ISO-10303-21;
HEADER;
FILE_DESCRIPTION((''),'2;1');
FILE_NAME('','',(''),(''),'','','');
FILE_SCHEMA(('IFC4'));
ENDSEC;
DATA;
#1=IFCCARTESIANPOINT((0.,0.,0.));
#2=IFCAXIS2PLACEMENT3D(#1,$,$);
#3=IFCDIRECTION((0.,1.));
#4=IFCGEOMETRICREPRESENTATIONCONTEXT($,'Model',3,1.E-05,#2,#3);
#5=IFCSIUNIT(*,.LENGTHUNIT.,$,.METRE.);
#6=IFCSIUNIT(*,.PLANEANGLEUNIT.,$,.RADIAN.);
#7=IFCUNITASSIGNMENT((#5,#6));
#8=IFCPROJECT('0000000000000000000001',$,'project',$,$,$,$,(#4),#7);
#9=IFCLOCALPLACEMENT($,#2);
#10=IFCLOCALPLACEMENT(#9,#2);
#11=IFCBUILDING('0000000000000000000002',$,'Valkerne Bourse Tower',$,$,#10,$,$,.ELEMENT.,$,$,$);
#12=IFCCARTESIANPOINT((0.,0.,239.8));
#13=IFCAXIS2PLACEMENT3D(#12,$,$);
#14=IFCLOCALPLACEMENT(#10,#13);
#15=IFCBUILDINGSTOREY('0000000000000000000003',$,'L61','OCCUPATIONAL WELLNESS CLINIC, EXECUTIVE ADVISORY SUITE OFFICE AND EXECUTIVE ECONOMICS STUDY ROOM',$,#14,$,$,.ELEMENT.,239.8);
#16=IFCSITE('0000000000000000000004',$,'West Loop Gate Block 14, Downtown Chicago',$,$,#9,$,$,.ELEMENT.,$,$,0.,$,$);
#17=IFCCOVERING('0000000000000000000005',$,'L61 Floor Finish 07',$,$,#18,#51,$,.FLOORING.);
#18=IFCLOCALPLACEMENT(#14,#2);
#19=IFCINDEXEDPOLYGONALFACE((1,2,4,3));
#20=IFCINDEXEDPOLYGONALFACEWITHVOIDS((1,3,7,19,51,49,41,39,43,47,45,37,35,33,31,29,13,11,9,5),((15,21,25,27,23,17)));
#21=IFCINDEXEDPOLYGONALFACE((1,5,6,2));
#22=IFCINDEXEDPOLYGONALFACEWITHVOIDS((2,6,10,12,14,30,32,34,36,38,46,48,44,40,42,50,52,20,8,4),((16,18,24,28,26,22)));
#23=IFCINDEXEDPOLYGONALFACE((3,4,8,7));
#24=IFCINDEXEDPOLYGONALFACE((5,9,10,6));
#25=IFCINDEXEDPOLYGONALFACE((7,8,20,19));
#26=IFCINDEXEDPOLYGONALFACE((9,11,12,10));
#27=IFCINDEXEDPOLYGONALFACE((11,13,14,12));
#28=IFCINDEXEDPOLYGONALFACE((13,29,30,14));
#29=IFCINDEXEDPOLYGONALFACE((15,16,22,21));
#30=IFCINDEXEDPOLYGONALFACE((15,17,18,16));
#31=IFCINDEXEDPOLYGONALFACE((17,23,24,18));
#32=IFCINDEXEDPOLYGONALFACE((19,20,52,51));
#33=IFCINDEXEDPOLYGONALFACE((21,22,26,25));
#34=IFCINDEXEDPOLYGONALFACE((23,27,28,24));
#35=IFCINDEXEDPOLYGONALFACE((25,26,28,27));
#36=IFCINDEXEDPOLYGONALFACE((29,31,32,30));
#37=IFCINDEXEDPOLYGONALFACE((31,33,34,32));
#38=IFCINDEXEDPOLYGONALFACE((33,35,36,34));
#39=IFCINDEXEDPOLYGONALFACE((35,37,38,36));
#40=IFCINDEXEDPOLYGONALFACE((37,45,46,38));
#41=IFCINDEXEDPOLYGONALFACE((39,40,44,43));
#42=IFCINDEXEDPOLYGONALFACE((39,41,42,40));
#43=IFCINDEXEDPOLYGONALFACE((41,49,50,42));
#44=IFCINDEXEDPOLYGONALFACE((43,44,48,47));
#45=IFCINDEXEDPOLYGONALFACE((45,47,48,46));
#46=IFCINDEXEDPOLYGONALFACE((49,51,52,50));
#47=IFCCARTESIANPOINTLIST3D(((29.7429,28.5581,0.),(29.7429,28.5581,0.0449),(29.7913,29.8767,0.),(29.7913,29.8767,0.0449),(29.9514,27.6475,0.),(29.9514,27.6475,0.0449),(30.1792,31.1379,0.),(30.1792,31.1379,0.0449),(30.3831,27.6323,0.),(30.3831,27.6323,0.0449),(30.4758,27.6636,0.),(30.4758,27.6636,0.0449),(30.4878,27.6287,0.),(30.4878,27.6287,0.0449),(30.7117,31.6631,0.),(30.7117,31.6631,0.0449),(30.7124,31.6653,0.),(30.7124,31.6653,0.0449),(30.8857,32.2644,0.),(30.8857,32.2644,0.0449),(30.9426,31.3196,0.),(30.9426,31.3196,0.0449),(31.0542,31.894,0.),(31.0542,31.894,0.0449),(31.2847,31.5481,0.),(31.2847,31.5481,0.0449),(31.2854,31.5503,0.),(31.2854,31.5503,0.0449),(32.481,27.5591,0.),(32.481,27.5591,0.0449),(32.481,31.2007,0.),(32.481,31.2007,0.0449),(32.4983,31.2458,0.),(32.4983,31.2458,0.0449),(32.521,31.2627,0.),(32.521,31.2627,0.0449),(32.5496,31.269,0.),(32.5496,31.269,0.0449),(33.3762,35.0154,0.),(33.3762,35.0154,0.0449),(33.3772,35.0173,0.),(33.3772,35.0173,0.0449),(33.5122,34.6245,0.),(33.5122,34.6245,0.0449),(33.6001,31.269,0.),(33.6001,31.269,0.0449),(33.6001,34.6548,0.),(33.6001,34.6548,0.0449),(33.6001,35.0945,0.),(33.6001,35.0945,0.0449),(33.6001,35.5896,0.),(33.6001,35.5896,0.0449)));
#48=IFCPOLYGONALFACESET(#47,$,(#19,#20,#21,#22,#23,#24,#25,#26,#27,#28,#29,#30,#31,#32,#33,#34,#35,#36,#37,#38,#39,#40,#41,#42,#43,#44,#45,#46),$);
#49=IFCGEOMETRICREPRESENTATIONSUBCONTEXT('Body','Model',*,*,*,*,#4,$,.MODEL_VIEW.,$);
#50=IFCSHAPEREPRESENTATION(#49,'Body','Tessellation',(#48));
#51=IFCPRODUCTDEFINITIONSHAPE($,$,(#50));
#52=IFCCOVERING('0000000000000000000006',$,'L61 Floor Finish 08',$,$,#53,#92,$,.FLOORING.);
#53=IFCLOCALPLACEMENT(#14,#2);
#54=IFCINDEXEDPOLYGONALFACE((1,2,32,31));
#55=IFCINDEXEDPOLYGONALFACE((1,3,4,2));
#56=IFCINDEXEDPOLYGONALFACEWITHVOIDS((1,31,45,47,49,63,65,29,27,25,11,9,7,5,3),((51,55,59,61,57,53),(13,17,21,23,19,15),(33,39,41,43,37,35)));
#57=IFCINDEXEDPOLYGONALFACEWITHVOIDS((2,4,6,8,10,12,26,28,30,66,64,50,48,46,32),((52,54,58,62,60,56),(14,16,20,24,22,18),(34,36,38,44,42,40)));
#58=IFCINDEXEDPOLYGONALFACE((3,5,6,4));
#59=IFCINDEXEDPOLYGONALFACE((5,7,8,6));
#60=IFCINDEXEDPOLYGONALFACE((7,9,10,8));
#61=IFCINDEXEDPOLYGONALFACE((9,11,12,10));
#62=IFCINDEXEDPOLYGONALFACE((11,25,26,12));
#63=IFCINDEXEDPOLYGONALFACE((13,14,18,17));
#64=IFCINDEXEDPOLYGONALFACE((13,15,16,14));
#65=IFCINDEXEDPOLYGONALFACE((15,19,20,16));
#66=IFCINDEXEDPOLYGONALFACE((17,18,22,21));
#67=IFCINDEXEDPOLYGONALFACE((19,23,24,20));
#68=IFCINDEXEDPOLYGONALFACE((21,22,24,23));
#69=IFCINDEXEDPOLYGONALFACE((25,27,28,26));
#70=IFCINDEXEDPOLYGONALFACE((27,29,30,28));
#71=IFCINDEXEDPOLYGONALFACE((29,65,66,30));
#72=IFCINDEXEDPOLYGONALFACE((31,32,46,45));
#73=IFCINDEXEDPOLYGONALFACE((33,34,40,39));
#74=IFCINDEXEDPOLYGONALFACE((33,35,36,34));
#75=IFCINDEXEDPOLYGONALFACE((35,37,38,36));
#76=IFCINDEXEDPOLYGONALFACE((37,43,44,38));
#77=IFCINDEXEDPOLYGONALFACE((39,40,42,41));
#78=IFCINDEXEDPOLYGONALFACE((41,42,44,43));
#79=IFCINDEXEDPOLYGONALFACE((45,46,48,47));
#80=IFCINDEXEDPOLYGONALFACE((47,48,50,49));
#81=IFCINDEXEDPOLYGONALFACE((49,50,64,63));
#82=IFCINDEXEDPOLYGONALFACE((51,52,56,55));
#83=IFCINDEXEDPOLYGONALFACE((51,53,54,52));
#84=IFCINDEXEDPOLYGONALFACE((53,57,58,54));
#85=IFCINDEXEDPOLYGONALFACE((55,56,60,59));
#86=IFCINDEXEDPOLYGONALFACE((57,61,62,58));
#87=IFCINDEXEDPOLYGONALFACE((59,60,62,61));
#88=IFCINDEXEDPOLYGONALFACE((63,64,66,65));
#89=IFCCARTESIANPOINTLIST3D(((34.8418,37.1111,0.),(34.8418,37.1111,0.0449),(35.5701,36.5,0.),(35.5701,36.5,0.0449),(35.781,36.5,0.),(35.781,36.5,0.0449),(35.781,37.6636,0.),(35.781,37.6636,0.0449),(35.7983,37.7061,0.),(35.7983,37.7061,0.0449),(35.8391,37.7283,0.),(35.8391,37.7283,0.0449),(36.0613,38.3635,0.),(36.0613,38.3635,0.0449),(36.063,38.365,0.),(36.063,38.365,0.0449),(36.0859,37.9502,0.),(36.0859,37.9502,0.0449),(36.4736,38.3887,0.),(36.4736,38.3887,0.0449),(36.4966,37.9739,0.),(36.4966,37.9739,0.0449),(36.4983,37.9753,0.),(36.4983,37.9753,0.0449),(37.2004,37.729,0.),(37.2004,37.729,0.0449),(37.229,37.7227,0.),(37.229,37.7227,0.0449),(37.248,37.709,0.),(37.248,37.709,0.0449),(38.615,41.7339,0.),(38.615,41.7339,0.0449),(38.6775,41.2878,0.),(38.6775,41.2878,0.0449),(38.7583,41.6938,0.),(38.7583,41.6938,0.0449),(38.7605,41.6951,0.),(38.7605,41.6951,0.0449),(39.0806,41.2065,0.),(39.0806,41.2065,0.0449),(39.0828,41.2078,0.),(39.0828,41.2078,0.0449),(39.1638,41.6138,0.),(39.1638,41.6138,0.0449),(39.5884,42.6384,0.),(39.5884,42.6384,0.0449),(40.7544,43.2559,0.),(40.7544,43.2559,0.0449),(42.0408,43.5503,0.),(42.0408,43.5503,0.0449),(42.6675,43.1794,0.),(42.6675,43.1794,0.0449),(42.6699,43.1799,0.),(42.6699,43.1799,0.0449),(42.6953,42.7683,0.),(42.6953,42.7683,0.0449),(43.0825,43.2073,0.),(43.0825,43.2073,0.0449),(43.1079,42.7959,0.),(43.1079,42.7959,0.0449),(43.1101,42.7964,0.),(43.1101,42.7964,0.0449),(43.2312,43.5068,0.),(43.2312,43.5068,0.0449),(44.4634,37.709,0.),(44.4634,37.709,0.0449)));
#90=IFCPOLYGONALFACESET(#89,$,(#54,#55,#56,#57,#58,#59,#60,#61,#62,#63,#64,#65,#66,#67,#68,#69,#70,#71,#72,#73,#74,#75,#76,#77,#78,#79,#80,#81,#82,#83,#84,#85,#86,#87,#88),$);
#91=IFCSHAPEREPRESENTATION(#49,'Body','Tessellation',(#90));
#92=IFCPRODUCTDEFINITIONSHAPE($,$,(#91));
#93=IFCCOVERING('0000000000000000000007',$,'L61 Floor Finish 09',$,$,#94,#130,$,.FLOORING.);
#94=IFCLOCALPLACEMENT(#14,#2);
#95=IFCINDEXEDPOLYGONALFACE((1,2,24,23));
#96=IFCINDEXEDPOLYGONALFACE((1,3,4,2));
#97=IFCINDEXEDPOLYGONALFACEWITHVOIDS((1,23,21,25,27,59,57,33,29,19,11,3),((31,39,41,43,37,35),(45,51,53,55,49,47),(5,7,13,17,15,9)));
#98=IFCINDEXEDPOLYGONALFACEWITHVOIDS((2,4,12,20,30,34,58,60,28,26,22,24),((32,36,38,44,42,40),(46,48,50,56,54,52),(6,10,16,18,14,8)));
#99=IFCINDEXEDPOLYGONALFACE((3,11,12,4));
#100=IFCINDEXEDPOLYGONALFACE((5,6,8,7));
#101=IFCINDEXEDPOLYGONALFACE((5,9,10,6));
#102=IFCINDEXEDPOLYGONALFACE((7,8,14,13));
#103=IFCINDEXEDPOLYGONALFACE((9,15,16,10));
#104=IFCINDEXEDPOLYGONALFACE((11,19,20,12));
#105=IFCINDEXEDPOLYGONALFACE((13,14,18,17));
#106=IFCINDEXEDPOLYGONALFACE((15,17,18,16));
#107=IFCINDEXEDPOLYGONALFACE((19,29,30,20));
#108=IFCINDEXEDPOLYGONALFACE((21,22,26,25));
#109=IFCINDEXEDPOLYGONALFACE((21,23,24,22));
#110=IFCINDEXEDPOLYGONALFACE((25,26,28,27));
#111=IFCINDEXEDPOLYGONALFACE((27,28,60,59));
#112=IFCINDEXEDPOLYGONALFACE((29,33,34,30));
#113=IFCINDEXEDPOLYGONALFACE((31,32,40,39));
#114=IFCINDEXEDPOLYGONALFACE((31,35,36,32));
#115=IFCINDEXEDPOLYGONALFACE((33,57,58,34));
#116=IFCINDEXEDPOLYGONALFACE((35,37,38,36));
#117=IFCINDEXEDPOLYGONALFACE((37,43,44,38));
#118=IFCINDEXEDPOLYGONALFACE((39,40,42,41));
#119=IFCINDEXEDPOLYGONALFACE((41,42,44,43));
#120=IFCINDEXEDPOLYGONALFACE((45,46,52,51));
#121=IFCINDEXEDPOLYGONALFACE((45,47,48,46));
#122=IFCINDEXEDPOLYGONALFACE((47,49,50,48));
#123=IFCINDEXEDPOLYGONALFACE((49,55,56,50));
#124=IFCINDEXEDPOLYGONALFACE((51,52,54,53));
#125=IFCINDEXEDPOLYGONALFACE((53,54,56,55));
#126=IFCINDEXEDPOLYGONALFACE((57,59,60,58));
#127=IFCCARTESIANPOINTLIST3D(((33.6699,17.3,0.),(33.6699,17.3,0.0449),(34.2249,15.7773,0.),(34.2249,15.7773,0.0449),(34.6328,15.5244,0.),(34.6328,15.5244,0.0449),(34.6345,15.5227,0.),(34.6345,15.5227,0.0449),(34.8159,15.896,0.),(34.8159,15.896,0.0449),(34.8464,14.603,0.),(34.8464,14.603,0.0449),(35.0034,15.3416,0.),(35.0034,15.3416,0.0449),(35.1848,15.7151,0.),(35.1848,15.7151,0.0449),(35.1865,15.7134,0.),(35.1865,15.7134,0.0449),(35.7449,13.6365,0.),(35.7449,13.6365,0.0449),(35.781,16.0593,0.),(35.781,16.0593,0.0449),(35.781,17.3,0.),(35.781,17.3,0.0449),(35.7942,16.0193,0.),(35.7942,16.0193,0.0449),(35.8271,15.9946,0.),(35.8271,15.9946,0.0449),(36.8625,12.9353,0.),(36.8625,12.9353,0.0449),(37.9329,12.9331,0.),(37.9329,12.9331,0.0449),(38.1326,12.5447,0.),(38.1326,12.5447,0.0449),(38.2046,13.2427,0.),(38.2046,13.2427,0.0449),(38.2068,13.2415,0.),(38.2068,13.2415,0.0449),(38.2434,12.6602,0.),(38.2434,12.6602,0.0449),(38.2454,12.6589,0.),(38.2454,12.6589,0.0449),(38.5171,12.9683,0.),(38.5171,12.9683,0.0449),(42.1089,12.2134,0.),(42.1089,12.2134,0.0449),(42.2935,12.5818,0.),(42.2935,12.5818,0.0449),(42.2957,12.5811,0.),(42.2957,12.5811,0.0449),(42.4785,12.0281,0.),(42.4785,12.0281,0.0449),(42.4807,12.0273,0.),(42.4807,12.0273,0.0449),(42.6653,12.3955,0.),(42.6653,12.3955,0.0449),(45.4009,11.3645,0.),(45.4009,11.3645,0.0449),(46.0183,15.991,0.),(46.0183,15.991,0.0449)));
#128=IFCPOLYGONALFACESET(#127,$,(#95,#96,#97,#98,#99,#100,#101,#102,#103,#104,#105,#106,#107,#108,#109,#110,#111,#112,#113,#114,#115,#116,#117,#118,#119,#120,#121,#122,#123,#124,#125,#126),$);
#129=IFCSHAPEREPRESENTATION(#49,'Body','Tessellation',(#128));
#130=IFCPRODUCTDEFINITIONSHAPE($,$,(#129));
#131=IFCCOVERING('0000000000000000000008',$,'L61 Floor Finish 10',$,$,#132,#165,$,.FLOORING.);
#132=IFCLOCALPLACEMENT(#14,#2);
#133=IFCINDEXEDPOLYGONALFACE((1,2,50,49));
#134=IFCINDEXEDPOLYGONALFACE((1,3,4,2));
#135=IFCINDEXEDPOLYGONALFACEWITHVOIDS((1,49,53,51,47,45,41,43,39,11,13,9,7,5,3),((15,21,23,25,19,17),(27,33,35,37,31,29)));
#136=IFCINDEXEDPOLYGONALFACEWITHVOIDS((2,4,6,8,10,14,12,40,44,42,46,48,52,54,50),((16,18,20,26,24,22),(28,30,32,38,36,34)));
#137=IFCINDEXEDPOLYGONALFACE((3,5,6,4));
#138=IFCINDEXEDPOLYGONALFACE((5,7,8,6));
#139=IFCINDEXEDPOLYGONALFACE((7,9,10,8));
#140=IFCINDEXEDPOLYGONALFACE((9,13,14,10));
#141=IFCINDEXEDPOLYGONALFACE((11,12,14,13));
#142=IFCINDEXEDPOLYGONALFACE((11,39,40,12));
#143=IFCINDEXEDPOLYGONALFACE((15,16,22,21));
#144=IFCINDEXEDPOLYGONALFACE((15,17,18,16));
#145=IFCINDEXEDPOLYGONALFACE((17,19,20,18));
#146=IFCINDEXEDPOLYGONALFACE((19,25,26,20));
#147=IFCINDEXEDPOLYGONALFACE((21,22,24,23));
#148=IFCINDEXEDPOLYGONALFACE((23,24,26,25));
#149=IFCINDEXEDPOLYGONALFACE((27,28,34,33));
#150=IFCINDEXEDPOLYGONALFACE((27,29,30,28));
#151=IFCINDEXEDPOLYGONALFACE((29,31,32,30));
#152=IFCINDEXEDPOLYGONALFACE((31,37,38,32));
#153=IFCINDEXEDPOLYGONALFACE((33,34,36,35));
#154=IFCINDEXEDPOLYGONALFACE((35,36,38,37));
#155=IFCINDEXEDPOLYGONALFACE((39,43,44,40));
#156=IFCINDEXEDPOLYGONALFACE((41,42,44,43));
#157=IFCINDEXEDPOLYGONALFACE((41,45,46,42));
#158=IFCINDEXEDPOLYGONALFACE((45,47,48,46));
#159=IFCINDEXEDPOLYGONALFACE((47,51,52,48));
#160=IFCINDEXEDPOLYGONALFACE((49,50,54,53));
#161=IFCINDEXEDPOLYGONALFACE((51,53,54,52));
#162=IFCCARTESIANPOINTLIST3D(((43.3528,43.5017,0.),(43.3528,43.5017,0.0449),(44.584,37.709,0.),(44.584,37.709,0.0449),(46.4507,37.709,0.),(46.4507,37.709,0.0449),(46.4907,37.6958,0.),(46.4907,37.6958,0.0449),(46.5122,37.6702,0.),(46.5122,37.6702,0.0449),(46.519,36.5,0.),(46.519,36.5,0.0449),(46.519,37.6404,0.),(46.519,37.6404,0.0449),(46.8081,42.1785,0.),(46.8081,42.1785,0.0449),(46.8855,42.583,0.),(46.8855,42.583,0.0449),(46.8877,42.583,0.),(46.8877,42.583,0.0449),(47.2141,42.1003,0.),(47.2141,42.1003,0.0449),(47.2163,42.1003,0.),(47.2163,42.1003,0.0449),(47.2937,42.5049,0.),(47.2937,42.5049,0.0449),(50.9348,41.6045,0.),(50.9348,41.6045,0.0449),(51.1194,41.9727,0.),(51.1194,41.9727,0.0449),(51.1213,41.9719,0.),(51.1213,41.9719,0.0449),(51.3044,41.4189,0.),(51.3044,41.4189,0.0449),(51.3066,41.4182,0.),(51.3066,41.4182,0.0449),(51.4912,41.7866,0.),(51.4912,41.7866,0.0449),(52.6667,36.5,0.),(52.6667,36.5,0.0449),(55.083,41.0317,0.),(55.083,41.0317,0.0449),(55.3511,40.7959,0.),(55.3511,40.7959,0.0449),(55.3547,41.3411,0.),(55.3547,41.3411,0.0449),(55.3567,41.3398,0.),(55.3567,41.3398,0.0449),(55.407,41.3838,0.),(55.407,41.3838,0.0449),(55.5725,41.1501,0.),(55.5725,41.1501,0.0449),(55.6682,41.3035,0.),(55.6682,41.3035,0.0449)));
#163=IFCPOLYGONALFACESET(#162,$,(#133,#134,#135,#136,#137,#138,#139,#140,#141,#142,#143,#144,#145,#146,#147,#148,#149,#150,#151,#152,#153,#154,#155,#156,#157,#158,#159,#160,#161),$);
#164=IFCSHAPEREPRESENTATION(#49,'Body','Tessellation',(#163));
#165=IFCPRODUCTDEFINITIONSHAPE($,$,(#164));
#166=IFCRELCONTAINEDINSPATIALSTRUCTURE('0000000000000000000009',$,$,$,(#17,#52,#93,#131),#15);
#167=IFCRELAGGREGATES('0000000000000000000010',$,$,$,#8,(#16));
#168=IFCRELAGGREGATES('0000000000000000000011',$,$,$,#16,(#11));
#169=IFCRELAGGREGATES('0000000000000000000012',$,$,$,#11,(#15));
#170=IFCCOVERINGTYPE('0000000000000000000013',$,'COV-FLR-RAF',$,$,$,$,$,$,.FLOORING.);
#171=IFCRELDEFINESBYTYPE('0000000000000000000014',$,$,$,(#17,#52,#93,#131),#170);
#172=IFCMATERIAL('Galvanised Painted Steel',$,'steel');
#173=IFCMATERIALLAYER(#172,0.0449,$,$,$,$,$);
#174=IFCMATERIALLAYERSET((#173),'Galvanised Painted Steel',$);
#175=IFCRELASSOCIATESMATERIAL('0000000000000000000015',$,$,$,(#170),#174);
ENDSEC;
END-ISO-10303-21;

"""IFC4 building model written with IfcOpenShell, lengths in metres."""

from ifc_helpers import new_model, si_unit, direction, frame, origin, place, context, subcontext, project, spatial, polyline, outline, extrude, material, layer, layer_set, type_object, element, save


model = new_model("IFC4")

# Units and contexts
model_context = context("Model", 3, precision=1e-05, world=origin(), true_north=direction((0.0, 1.0)))
body_context = subcontext(model_context, "Body", "Model", "MODEL_VIEW")
ifc_project = project(units=[si_unit("LENGTHUNIT", "METRE"), si_unit("PLANEANGLEUNIT", "RADIAN")], contexts=[model_context])

# Site, building, storey
site_placement = place(None, origin())
site = spatial("IfcSite", under=ifc_project, at=site_placement, Name="West Loop Gate Block 14, Downtown Chicago", CompositionType="ELEMENT", RefElevation=0.0)
building_placement = place(site_placement, origin())
building = spatial("IfcBuilding", under=site, at=building_placement, Name="Valkerne Bourse Tower", CompositionType="ELEMENT")
storey_placement = place(building_placement, frame((0.0, 0.0, 239.8)))
storey = spatial("IfcBuildingStorey", under=building, at=storey_placement, Name="L61", Description="OCCUPATIONAL WELLNESS CLINIC, EXECUTIVE ADVISORY SUITE OFFICE AND EXECUTIVE ECONOMICS STUDY ROOM", CompositionType="ELEMENT", Elevation=239.8)

# Coverings
ifc_material_1 = material(Name="Galvanised Painted Steel", Category="steel")
ifc_layer_1 = layer(ifc_material_1, 0.0449)
ifc_layer_set_1 = layer_set([ifc_layer_1], Name="Galvanised Painted Steel")
covering_type_1 = type_object("IfcCoveringType", Name="COV-FLR-RAF", PredefinedType="FLOORING", material=ifc_layer_set_1)
covering_1_placement = place(storey_placement, origin())
element("IfcCovering", 1, at=covering_1_placement, inside=storey, type_object=covering_type_1, Name="L61 Floor Finish 07", PredefinedType="FLOORING", context=body_context, shape_type="SweptSolid", body=[
    extrude(outline(polyline([(30.1792, 31.1379), (30.8857, 32.2644), (33.6001, 35.5896), (33.6001, 35.0945), (33.3772, 35.0173), (33.3762, 35.0154), (33.5122, 34.6245), (33.6001, 34.6548), (33.6001, 31.269), (32.5496, 31.269), (32.521, 31.2627), (32.4983, 31.2458), (32.481, 31.2007), (32.481, 27.5591), (30.4878, 27.6287), (30.4758, 27.6636), (30.3831, 27.6323), (29.9514, 27.6475), (29.7429, 28.5581), (29.7913, 29.8767), (30.1792, 31.1379)]), holes=[polyline([(31.2854, 31.5503), (31.0542, 31.894), (30.7124, 31.6653), (30.7117, 31.6631), (30.9426, 31.3196), (31.2847, 31.5481), (31.2854, 31.5503)])]), origin(), (0.0, 0.0, 1.0), 0.0449),
])
covering_2_placement = place(storey_placement, origin())
element("IfcCovering", 2, at=covering_2_placement, inside=storey, type_object=covering_type_1, Name="L61 Floor Finish 08", PredefinedType="FLOORING", context=body_context, shape_type="SweptSolid", body=[
    extrude(outline(polyline([(40.7544, 43.2559), (42.0408, 43.5503), (43.2312, 43.5068), (44.4634, 37.709), (37.248, 37.709), (37.229, 37.7227), (37.2004, 37.729), (35.8391, 37.7283), (35.7983, 37.7061), (35.781, 37.6636), (35.781, 36.5), (35.5701, 36.5), (34.8418, 37.1111), (38.615, 41.7339), (39.5884, 42.6384), (40.7544, 43.2559)]), holes=[polyline([(36.4966, 37.9739), (36.4983, 37.9753), (36.4736, 38.3887), (36.063, 38.365), (36.0613, 38.3635), (36.0859, 37.9502), (36.4966, 37.9739)]), polyline([(39.0828, 41.2078), (39.1638, 41.6138), (38.7605, 41.6951), (38.7583, 41.6938), (38.6775, 41.2878), (39.0806, 41.2065), (39.0828, 41.2078)]), polyline([(43.1101, 42.7964), (43.0825, 43.2073), (42.6699, 43.1799), (42.6675, 43.1794), (42.6953, 42.7683), (43.1079, 42.7959), (43.1101, 42.7964)])]), origin(), (0.0, 0.0, 1.0), 0.0449),
])
covering_3_placement = place(storey_placement, origin())
element("IfcCovering", 3, at=covering_3_placement, inside=storey, type_object=covering_type_1, Name="L61 Floor Finish 09", PredefinedType="FLOORING", context=body_context, shape_type="SweptSolid", body=[
    extrude(outline(polyline([(35.7449, 13.6365), (34.8464, 14.603), (34.2249, 15.7773), (33.6699, 17.3), (35.781, 17.3), (35.781, 16.0593), (35.7942, 16.0193), (35.8271, 15.9946), (46.0183, 15.991), (45.4009, 11.3645), (38.1326, 12.5447), (36.8625, 12.9353), (35.7449, 13.6365)]), holes=[polyline([(42.2957, 12.5811), (42.2935, 12.5818), (42.1089, 12.2134), (42.4785, 12.0281), (42.4807, 12.0273), (42.6653, 12.3955), (42.2957, 12.5811)]), polyline([(38.2068, 13.2415), (38.2046, 13.2427), (37.9329, 12.9331), (38.2434, 12.6602), (38.2454, 12.6589), (38.5171, 12.9683), (38.2068, 13.2415)]), polyline([(35.1848, 15.7151), (34.8159, 15.896), (34.6328, 15.5244), (34.6345, 15.5227), (35.0034, 15.3416), (35.1865, 15.7134), (35.1848, 15.7151)])]), origin(), (0.0, 0.0, 1.0), 0.0449),
])
covering_4_placement = place(storey_placement, origin())
element("IfcCovering", 4, at=covering_4_placement, inside=storey, type_object=covering_type_1, Name="L61 Floor Finish 10", PredefinedType="FLOORING", context=body_context, shape_type="SweptSolid", body=[
    extrude(outline(polyline([(55.6682, 41.3035), (55.5725, 41.1501), (55.3567, 41.3398), (55.3547, 41.3411), (55.083, 41.0317), (55.3511, 40.7959), (52.6667, 36.5), (46.519, 36.5), (46.519, 37.6404), (46.5122, 37.6702), (46.4907, 37.6958), (46.4507, 37.709), (44.584, 37.709), (43.3528, 43.5017), (55.407, 41.3838), (55.6682, 41.3035)]), holes=[polyline([(51.1213, 41.9719), (51.1194, 41.9727), (50.9348, 41.6045), (51.3044, 41.4189), (51.3066, 41.4182), (51.4912, 41.7866), (51.1213, 41.9719)]), polyline([(47.2937, 42.5049), (46.8877, 42.583), (46.8855, 42.583), (46.8081, 42.1785), (47.2141, 42.1003), (47.2163, 42.1003), (47.2937, 42.5049)])]), origin(), (0.0, 0.0, 1.0), 0.0449),
])

save(model, "model.ifc")
